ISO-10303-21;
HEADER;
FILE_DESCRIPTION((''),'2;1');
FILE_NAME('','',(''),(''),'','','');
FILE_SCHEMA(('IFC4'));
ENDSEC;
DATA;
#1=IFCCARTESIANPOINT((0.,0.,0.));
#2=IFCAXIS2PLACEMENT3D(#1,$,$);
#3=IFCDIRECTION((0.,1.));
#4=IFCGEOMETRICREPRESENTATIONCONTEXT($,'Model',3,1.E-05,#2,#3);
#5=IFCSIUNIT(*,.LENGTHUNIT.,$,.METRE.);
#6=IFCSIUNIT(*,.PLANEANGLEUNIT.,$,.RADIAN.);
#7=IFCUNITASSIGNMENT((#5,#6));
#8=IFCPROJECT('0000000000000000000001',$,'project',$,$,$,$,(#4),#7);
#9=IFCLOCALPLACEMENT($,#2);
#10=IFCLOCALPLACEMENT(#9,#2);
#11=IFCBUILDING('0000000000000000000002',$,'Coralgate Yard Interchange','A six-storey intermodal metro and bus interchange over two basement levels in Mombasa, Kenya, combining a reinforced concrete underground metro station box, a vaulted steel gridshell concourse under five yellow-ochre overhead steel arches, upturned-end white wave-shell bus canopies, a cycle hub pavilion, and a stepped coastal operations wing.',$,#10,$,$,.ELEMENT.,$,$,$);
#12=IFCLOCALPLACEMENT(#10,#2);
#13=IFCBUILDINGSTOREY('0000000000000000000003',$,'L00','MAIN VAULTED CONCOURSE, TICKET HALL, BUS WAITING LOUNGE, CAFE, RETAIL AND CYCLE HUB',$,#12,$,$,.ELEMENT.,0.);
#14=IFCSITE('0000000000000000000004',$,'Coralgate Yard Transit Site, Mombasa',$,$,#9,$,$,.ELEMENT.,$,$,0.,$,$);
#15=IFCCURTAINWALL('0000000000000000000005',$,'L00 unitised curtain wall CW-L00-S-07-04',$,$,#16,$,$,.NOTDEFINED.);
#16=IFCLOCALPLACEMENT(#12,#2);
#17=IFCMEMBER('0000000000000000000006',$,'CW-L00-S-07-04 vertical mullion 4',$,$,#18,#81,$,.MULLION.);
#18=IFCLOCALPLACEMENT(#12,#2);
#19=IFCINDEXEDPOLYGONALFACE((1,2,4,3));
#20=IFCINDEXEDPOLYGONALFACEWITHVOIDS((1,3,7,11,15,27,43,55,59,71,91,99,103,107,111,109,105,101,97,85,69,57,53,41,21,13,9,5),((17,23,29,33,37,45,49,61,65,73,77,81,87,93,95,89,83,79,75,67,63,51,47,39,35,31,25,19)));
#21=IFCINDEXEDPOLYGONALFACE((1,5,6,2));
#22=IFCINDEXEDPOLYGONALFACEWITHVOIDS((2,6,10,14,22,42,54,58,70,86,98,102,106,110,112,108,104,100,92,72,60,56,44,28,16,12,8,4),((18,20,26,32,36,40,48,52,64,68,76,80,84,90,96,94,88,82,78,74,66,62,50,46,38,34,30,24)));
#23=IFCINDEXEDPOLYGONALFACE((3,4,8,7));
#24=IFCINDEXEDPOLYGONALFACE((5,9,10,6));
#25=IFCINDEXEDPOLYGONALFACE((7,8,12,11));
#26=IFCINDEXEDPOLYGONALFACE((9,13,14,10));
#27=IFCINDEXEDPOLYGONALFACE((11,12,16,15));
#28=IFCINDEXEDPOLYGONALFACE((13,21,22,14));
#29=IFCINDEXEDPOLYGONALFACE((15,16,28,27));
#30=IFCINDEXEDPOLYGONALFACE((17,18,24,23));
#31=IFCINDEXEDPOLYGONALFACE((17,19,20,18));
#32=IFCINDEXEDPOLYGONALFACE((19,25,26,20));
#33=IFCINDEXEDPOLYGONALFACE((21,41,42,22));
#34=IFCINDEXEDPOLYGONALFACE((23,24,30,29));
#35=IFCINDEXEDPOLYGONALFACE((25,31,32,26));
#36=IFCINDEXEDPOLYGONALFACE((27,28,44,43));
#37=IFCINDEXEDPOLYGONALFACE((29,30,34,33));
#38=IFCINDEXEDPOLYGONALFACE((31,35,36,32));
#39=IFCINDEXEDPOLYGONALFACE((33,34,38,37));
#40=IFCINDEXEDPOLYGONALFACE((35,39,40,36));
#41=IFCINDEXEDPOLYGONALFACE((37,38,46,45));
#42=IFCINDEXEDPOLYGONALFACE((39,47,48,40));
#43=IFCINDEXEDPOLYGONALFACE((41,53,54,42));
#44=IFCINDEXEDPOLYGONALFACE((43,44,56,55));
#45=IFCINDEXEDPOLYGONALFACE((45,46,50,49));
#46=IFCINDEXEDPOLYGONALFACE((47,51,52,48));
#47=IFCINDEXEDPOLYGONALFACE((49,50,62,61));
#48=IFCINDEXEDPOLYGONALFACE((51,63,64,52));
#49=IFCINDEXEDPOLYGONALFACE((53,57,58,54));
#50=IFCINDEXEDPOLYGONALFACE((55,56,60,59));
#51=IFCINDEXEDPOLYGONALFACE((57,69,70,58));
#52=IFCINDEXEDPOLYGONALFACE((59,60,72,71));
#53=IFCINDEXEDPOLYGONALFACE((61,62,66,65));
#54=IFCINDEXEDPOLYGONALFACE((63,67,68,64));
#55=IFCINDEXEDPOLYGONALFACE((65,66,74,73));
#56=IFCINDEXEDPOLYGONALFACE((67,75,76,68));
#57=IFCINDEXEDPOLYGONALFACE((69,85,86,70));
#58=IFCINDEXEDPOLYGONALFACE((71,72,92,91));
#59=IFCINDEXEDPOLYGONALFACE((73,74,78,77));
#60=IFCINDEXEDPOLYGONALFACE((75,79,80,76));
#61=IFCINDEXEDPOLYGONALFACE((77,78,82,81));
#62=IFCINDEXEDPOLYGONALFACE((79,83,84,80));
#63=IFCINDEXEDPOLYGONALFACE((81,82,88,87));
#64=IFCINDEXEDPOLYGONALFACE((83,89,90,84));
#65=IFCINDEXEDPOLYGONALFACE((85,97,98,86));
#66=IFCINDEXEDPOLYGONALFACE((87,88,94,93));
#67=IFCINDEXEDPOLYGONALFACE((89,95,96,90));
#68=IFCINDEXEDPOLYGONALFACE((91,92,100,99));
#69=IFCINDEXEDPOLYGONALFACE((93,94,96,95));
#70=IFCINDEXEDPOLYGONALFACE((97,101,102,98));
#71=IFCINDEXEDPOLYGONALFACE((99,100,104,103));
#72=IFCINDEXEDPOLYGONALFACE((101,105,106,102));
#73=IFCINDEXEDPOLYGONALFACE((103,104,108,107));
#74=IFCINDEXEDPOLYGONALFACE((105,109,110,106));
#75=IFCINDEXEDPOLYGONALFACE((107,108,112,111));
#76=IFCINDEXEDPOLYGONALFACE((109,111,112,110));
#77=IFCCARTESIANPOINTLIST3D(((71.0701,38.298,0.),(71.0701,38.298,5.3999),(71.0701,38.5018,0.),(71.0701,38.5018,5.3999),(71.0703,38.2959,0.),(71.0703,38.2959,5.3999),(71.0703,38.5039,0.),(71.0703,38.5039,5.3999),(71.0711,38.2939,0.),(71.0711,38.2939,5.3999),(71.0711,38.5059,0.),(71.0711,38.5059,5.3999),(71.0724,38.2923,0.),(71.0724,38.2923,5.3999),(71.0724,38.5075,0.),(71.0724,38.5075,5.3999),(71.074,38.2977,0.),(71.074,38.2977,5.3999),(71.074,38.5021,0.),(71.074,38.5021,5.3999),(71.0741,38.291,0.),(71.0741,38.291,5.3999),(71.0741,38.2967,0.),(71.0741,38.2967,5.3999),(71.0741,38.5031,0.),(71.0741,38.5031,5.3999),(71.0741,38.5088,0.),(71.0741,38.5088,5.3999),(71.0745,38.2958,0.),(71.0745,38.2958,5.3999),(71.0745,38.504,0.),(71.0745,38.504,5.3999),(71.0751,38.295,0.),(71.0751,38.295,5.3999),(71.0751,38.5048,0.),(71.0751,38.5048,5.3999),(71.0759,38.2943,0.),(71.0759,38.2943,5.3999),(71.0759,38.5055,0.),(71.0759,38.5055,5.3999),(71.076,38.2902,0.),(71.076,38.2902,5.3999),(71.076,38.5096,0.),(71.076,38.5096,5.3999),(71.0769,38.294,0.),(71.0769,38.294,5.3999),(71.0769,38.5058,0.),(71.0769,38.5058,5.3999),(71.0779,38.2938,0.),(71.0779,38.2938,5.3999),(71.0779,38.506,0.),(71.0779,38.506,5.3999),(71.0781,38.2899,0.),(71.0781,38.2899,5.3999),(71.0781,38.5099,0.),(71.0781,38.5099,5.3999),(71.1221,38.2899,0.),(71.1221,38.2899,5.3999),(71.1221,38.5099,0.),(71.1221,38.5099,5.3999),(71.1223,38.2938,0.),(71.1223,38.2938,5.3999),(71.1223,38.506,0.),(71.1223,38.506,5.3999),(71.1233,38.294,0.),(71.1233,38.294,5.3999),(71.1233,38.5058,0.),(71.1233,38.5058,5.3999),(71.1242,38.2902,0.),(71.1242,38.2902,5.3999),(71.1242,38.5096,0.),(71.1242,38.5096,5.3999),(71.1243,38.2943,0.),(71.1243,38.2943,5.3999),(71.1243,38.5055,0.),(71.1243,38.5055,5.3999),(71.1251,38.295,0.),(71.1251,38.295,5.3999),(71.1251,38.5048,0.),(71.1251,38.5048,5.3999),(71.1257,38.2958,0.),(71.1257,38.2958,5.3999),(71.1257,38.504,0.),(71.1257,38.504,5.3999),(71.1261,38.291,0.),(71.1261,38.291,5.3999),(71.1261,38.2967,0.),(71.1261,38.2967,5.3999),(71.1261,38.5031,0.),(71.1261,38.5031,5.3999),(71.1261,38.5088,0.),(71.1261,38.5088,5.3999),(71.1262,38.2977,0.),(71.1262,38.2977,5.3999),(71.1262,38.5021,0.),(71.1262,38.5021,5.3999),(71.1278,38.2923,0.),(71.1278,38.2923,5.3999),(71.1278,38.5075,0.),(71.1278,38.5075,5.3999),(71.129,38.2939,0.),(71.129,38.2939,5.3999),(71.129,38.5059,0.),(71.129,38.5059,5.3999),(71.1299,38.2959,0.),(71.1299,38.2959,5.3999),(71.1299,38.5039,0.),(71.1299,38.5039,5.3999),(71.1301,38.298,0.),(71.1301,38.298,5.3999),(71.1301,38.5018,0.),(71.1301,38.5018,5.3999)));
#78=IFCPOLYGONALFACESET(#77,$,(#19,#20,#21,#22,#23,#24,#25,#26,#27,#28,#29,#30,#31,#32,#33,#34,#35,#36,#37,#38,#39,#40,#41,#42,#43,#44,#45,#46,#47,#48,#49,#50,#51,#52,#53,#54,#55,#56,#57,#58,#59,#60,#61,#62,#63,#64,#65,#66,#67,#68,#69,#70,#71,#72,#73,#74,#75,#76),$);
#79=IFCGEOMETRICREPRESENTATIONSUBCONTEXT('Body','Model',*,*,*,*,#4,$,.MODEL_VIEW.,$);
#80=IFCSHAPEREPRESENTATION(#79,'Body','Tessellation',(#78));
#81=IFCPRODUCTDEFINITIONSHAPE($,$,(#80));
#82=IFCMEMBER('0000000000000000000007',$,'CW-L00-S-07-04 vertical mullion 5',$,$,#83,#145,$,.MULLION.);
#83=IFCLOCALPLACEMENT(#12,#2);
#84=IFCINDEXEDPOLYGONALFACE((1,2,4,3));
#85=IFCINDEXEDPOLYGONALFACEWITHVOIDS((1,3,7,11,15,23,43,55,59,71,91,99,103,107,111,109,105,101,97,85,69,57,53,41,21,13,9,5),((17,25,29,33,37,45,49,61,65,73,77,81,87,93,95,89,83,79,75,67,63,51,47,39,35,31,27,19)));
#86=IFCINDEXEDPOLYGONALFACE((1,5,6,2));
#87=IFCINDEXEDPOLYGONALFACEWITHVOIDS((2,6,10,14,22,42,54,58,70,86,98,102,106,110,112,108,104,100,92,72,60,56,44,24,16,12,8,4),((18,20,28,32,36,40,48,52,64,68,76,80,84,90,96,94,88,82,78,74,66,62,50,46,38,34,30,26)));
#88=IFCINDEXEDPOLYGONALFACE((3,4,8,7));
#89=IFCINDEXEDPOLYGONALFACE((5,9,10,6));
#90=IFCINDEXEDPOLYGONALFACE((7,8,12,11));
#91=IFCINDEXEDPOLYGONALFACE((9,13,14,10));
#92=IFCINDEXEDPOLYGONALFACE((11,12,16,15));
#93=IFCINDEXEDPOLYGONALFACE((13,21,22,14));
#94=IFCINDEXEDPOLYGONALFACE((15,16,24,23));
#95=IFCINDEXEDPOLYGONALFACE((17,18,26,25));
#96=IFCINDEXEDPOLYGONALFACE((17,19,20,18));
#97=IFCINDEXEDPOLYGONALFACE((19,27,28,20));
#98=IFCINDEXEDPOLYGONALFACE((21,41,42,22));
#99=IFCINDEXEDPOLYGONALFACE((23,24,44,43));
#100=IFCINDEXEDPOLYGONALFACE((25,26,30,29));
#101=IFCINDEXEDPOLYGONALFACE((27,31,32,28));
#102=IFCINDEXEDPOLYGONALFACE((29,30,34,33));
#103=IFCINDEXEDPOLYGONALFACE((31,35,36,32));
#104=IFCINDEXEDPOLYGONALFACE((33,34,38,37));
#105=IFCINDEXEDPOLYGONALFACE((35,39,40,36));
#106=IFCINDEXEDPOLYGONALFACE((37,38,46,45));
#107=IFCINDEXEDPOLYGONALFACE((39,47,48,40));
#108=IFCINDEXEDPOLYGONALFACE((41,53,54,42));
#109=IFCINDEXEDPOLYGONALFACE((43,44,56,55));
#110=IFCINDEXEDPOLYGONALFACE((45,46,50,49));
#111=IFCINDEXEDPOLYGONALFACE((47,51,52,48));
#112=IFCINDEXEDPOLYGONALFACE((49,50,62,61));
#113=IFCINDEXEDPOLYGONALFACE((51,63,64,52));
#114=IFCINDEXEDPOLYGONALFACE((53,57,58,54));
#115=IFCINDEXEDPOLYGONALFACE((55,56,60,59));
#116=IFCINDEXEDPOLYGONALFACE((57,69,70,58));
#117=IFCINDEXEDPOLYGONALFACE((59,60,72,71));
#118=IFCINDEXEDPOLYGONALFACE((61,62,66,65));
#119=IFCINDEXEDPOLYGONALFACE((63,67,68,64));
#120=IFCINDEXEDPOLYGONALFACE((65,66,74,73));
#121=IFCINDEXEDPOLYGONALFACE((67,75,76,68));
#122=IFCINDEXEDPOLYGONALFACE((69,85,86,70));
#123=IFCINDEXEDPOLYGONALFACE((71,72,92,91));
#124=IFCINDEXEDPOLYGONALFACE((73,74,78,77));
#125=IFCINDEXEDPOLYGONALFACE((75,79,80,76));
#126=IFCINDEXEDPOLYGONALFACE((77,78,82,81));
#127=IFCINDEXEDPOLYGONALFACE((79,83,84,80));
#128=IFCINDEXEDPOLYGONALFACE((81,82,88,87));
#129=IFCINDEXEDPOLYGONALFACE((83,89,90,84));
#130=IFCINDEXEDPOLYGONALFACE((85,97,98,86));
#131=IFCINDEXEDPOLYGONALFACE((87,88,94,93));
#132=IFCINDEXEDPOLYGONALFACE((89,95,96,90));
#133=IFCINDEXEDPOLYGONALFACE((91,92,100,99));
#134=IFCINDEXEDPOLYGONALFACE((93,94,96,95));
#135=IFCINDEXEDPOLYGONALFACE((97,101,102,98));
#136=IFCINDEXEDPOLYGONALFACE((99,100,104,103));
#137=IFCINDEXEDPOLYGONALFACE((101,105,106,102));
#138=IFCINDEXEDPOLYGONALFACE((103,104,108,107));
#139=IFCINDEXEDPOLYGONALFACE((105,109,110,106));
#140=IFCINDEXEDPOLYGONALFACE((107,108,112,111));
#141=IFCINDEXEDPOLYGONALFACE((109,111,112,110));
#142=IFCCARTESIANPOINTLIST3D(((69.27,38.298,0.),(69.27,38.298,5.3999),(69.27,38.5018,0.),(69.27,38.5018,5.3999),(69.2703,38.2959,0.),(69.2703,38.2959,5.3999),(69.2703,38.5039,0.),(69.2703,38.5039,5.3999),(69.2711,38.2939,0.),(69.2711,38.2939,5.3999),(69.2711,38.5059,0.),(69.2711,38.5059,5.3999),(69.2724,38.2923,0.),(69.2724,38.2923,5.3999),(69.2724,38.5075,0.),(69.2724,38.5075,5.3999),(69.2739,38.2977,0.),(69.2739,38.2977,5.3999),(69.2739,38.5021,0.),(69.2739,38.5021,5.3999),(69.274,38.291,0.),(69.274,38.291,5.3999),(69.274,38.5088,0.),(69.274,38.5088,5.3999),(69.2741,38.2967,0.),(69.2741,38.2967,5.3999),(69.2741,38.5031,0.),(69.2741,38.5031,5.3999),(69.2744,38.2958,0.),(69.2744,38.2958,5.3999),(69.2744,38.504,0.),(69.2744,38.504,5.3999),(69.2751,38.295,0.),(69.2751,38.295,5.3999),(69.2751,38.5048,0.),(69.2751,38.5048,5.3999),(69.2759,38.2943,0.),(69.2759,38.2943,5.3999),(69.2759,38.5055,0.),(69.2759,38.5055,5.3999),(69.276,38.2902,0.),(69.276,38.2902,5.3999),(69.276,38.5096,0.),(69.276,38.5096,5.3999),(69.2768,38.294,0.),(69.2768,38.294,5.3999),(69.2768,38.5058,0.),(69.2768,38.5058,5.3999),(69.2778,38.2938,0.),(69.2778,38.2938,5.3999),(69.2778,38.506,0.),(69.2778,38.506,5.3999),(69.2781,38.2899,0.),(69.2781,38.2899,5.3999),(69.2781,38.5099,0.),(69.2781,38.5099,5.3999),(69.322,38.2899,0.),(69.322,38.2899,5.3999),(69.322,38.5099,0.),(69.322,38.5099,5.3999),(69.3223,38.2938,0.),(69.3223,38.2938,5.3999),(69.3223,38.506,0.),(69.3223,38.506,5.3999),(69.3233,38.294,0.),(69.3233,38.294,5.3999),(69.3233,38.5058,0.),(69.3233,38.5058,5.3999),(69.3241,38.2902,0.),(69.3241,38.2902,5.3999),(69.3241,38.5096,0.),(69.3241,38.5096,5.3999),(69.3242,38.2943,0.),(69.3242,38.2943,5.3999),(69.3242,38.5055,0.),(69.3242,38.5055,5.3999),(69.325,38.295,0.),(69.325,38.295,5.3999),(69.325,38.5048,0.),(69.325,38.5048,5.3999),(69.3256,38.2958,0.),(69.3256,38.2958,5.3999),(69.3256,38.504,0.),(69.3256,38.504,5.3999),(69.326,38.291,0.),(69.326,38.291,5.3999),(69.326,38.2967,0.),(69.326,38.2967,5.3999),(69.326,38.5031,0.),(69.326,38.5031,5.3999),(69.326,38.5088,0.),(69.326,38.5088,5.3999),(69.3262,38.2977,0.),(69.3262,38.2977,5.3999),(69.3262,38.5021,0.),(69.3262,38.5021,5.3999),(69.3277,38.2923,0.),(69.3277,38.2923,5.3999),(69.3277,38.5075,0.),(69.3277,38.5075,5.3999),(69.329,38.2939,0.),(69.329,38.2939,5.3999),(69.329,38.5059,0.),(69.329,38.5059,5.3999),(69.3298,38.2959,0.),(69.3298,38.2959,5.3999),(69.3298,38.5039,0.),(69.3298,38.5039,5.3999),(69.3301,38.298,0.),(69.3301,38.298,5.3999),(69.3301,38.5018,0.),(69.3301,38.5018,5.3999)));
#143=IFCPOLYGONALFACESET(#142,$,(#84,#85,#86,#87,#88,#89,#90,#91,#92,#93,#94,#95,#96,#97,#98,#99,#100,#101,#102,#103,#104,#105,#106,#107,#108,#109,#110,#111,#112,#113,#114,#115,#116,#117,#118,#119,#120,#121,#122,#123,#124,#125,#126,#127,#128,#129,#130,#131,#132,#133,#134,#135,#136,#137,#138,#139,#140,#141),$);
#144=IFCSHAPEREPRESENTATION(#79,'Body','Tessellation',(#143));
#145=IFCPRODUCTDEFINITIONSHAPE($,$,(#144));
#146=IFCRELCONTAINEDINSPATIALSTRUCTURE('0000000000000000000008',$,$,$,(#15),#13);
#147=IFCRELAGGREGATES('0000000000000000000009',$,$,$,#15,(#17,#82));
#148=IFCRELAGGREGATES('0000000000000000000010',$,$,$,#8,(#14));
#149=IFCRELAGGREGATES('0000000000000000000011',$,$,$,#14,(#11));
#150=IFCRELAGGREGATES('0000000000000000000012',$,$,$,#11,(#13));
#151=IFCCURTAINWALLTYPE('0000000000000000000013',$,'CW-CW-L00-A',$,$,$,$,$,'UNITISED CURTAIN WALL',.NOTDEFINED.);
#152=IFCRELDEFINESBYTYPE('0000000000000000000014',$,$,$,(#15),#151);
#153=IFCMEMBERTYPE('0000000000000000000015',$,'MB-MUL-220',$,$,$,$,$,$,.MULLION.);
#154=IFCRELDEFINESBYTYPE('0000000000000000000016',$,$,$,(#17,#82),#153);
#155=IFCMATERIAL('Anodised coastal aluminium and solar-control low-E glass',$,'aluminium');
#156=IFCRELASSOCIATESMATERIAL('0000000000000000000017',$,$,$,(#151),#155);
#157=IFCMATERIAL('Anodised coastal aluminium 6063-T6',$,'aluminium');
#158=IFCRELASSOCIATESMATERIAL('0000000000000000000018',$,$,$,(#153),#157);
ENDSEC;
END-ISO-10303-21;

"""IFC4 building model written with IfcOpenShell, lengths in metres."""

from ifc_helpers import new_model, si_unit, direction, frame, origin, origin_2d, place, context, subcontext, project, spatial, hollow_rectangle, extrude, material, material_profile, profile_set, type_object, element, aggregate, save


model = new_model("IFC4")

# Units and contexts
model_context = context("Model", 3, precision=1e-05, world=origin(), true_north=direction((0.0, 1.0)))
body_context = subcontext(model_context, "Body", "Model", "MODEL_VIEW")
ifc_project = project(units=[si_unit("LENGTHUNIT", "METRE"), si_unit("PLANEANGLEUNIT", "RADIAN")], contexts=[model_context])

# Site, building, storey
site_placement = place(None, origin())
site = spatial("IfcSite", under=ifc_project, at=site_placement, Name="Coralgate Yard Transit Site, Mombasa", CompositionType="ELEMENT", RefElevation=0.0)
building_placement = place(site_placement, origin())
building = spatial("IfcBuilding", under=site, at=building_placement, Name="Coralgate Yard Interchange", Description="A six-storey intermodal metro and bus interchange over two basement levels in Mombasa, Kenya, combining a reinforced concrete underground metro station box, a vaulted steel gridshell concourse under five yellow-ochre overhead steel arches, upturned-end white wave-shell bus canopies, a cycle hub pavilion, and a stepped coastal operations wing.", CompositionType="ELEMENT")
storey_placement = place(building_placement, origin())
storey = spatial("IfcBuildingStorey", under=building, at=storey_placement, Name="L00", Description="MAIN VAULTED CONCOURSE, TICKET HALL, BUS WAITING LOUNGE, CAFE, RETAIL AND CYCLE HUB", CompositionType="ELEMENT", Elevation=0.0)

# Curtain wall, members
ifc_material_1 = material(Name="Anodised coastal aluminium and solar-control low-E glass", Category="aluminium")
curtain_wall_type = type_object("IfcCurtainWallType", Name="CW-CW-L00-A", ElementType="UNITISED CURTAIN WALL", PredefinedType="NOTDEFINED", material=ifc_material_1)
curtain_wall_placement = place(storey_placement, origin())
curtain_wall = element("IfcCurtainWall", 1, at=curtain_wall_placement, inside=storey, type_object=curtain_wall_type, Name="L00 unitised curtain wall CW-L00-S-07-04", PredefinedType="NOTDEFINED")
ifc_material_2 = material(Name="Anodised coastal aluminium 6063-T6", Category="aluminium")
ifc_material_profile_1 = material_profile(ifc_material_2, hollow_rectangle(XDim=0.0601, YDim=0.22, WallThickness=0.0039, InnerFilletRadius=0.0039, OuterFilletRadius=0.0081, at=origin_2d()), Name="ALU 60x220x4")
ifc_profile_set_1 = profile_set([ifc_material_profile_1], Name="Anodised coastal aluminium 6063-T6")
member_type_1 = type_object("IfcMemberType", Name="MB-MUL-220", PredefinedType="MULLION", material=ifc_profile_set_1)
member_1_placement = place(storey_placement, frame((71.1001, 38.3999, 0.0), z_axis=(0.0, 0.0, 1.0), x_axis=(1.0, 0.0, 0.0)))
member_1 = element("IfcMember", 2, at=member_1_placement, type_object=member_type_1, Name="CW-L00-S-07-04 vertical mullion 4", PredefinedType="MULLION", context=body_context, shape_type="SweptSolid", body=[
    extrude(hollow_rectangle(XDim=0.0601, YDim=0.22, WallThickness=0.0039, InnerFilletRadius=0.0039, OuterFilletRadius=0.0081, at=origin_2d()), origin(), (0.0, 0.0, 1.0), 5.3999),
])
member_2_placement = place(storey_placement, frame((69.3, 38.3999, 0.0), z_axis=(0.0, 0.0, 1.0), x_axis=(1.0, 0.0, 0.0)))
member_2 = element("IfcMember", 3, at=member_2_placement, type_object=member_type_1, Name="CW-L00-S-07-04 vertical mullion 5", PredefinedType="MULLION", context=body_context, shape_type="SweptSolid", body=[
    extrude(hollow_rectangle(XDim=0.0601, YDim=0.22, WallThickness=0.0039, InnerFilletRadius=0.0039, OuterFilletRadius=0.0081, at=origin_2d()), origin(), (0.0, 0.0, 1.0), 5.3999),
])
aggregate(curtain_wall, [member_1, member_2])

save(model, "model.ifc")
